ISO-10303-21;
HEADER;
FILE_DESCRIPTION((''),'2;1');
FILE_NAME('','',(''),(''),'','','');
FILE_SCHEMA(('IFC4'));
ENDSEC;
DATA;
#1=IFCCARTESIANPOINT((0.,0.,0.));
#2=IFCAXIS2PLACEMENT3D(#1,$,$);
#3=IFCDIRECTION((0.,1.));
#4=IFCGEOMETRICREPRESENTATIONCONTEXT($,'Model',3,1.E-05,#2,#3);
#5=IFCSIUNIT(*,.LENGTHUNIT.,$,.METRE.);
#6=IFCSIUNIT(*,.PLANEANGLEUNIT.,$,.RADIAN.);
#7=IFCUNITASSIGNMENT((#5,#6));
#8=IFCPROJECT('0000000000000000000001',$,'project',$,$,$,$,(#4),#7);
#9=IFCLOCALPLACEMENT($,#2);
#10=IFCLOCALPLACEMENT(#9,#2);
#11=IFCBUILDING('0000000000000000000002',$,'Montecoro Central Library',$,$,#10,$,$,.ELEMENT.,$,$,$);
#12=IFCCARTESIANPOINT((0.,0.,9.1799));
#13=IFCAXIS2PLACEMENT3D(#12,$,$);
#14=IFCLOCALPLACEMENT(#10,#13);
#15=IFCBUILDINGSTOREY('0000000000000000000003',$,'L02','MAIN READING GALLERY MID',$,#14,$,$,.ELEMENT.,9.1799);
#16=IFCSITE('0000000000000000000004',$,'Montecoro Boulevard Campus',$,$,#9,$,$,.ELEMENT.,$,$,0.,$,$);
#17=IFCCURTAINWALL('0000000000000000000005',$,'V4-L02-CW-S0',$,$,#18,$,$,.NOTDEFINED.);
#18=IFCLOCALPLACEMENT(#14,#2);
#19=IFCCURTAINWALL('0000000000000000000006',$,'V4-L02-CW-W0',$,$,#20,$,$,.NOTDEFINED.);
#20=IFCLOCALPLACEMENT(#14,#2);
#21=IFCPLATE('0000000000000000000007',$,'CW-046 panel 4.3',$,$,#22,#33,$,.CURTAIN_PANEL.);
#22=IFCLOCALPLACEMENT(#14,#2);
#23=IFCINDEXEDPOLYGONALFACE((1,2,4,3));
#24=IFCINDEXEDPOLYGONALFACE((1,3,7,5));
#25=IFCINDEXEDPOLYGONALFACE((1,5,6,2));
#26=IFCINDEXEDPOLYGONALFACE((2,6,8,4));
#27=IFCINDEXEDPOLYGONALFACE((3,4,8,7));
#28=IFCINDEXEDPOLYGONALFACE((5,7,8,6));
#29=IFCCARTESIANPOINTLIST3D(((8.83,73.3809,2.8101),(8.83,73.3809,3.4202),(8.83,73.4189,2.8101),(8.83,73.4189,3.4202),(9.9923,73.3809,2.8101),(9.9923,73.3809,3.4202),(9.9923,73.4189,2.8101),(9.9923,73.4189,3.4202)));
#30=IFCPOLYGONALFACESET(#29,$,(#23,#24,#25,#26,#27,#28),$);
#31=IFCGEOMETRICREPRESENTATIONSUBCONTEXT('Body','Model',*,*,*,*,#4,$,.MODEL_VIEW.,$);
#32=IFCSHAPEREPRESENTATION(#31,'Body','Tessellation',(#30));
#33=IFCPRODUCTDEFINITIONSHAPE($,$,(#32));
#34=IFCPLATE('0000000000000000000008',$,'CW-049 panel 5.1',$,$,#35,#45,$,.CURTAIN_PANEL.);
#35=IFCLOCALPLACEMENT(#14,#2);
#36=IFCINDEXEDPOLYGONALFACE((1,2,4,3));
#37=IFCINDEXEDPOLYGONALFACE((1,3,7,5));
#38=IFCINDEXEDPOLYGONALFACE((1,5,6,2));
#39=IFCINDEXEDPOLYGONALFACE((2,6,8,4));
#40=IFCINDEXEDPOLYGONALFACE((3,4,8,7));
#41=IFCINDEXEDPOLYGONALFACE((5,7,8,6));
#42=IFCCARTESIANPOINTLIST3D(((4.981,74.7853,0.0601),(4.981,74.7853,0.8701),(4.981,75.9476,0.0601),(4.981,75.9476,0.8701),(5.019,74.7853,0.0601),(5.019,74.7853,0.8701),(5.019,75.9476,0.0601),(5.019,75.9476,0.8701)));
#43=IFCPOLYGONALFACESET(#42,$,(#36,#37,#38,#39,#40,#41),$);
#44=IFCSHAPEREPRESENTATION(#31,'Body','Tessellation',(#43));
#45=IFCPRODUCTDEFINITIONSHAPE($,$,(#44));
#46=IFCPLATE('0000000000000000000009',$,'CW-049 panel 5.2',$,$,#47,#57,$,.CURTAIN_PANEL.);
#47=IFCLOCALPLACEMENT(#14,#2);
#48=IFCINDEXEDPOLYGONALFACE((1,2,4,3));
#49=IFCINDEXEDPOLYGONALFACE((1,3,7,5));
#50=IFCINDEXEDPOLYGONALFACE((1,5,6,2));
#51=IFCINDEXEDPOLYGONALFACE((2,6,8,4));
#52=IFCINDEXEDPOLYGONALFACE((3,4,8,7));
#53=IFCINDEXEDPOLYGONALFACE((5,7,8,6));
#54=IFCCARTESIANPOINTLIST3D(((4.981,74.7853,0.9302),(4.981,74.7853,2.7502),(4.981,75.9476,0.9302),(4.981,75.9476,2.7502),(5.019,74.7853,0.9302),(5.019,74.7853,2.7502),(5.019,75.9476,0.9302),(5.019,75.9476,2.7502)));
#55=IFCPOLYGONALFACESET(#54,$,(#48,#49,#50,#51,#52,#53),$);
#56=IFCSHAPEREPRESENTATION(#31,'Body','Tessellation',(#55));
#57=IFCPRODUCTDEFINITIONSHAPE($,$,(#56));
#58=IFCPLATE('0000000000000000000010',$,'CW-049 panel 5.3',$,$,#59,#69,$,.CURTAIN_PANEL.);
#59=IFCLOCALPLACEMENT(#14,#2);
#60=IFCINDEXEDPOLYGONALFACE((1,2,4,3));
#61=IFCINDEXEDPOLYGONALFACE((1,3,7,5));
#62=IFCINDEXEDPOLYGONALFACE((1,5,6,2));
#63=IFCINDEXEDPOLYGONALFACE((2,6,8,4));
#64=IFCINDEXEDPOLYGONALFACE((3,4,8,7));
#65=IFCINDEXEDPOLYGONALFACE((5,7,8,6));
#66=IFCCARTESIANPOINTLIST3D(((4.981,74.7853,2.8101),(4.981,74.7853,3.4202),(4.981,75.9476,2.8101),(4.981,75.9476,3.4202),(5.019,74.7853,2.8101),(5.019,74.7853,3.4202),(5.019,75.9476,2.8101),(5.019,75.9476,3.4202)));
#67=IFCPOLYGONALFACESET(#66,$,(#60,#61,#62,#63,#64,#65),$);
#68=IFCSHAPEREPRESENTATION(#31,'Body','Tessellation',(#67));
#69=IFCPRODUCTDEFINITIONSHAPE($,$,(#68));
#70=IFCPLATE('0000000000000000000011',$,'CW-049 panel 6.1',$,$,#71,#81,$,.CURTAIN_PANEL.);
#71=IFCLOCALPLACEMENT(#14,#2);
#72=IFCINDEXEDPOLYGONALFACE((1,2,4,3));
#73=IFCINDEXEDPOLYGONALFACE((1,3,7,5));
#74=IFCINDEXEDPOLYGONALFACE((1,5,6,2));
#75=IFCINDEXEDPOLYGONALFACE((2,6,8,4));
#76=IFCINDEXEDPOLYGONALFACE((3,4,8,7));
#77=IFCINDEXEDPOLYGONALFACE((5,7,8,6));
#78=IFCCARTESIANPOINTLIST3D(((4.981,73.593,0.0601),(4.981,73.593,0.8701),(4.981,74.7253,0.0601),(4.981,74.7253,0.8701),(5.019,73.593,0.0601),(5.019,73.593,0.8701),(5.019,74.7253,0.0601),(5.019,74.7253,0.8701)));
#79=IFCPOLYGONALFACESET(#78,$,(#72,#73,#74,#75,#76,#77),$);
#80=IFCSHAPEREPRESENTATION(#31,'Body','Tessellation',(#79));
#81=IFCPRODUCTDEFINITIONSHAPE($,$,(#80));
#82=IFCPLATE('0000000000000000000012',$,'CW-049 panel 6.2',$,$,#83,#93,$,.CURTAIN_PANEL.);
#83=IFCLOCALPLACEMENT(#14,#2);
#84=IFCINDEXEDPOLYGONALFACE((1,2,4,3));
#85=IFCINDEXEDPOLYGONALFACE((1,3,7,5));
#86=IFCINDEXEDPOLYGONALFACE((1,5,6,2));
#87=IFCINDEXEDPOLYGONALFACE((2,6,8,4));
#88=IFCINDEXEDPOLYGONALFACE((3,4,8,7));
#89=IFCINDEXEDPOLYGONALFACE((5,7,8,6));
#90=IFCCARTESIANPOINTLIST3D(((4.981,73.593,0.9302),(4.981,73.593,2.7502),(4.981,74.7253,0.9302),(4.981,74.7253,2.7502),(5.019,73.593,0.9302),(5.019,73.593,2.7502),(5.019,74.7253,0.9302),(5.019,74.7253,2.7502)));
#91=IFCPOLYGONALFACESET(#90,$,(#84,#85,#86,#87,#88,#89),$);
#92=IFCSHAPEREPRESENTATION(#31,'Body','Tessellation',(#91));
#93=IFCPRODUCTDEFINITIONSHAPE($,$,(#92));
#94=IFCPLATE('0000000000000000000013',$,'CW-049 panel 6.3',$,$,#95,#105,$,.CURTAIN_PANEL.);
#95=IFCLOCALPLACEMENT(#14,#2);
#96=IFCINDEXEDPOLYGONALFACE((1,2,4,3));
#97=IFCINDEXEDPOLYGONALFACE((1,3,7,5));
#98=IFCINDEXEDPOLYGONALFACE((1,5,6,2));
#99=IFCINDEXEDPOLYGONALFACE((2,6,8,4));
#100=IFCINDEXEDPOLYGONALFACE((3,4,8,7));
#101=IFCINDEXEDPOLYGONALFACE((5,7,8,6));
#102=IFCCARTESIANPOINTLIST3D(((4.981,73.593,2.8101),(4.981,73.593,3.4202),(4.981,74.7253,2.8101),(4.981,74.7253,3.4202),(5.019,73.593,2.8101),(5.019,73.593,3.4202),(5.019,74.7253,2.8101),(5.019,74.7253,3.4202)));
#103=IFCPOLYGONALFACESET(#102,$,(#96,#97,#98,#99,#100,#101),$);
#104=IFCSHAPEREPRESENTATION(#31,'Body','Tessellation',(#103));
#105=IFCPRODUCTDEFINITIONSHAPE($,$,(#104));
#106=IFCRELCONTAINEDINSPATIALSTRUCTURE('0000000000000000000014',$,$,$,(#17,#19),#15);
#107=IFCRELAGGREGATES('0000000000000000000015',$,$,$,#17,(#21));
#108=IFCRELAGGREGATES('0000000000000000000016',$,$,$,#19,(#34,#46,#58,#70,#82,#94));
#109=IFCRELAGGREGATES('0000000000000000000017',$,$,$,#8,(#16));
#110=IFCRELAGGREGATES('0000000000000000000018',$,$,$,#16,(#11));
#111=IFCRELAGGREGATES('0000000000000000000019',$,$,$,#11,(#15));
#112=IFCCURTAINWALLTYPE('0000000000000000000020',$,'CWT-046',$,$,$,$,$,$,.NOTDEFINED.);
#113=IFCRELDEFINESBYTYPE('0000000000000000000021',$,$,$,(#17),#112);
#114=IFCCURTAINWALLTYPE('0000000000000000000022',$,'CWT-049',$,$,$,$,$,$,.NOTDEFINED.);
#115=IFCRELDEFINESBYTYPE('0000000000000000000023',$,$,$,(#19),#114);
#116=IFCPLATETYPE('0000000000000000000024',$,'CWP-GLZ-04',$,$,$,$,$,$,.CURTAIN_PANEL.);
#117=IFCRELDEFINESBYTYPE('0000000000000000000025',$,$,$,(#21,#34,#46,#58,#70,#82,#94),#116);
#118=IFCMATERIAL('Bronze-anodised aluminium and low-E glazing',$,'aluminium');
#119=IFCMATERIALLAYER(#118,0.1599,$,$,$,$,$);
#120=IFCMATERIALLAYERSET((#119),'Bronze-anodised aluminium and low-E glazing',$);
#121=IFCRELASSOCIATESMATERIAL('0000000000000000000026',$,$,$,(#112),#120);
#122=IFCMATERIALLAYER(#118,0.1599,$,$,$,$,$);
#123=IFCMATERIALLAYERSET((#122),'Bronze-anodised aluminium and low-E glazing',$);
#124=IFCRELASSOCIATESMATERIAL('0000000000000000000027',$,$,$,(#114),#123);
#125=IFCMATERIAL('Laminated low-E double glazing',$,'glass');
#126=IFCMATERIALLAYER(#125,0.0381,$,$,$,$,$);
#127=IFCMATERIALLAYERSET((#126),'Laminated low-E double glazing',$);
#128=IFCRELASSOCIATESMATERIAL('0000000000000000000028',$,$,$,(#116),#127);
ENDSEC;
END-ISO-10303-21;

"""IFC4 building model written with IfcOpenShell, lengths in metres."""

from ifc_helpers import new_model, si_unit, direction, frame, origin, origin_2d, place, context, subcontext, project, spatial, rectangle, extrude, material, layer, layer_set, type_object, element, aggregate, save


model = new_model("IFC4")

# Units and contexts
model_context = context("Model", 3, precision=1e-05, world=origin(), true_north=direction((0.0, 1.0)))
body_context = subcontext(model_context, "Body", "Model", "MODEL_VIEW")
ifc_project = project(units=[si_unit("LENGTHUNIT", "METRE"), si_unit("PLANEANGLEUNIT", "RADIAN")], contexts=[model_context])

# Site, building, storey
site_placement = place(None, origin())
site = spatial("IfcSite", under=ifc_project, at=site_placement, Name="Montecoro Boulevard Campus", CompositionType="ELEMENT", RefElevation=0.0)
building_placement = place(site_placement, origin())
building = spatial("IfcBuilding", under=site, at=building_placement, Name="Montecoro Central Library", CompositionType="ELEMENT")
storey_placement = place(building_placement, frame((0.0, 0.0, 9.1799)))
storey = spatial("IfcBuildingStorey", under=building, at=storey_placement, Name="L02", Description="MAIN READING GALLERY MID", CompositionType="ELEMENT", Elevation=9.1799)

# Curtain wall
ifc_material_1 = material(Name="Bronze-anodised aluminium and low-E glazing", Category="aluminium")
ifc_layer_1 = layer(ifc_material_1, 0.1599)
ifc_layer_set_1 = layer_set([ifc_layer_1], Name="Bronze-anodised aluminium and low-E glazing")
curtain_wall_type_1 = type_object("IfcCurtainWallType", Name="CWT-046", PredefinedType="NOTDEFINED", material=ifc_layer_set_1)
curtain_wall_1_placement = place(storey_placement, origin())
curtain_wall_1 = element("IfcCurtainWall", 1, at=curtain_wall_1_placement, inside=storey, type_object=curtain_wall_type_1, Name="V4-L02-CW-S0", PredefinedType="NOTDEFINED")

# Curtain wall
ifc_layer_2 = layer(ifc_material_1, 0.1599)
ifc_layer_set_2 = layer_set([ifc_layer_2], Name="Bronze-anodised aluminium and low-E glazing")
curtain_wall_type_2 = type_object("IfcCurtainWallType", Name="CWT-049", PredefinedType="NOTDEFINED", material=ifc_layer_set_2)
curtain_wall_2_placement = place(storey_placement, origin())
curtain_wall_2 = element("IfcCurtainWall", 2, at=curtain_wall_2_placement, inside=storey, type_object=curtain_wall_type_2, Name="V4-L02-CW-W0", PredefinedType="NOTDEFINED")

# Plates
ifc_material_2 = material(Name="Laminated low-E double glazing", Category="glass")
ifc_layer_3 = layer(ifc_material_2, 0.0381)
ifc_layer_set_3 = layer_set([ifc_layer_3], Name="Laminated low-E double glazing")
plate_type = type_object("IfcPlateType", Name="CWP-GLZ-04", PredefinedType="CURTAIN_PANEL", material=ifc_layer_set_3)
plate_1_placement = place(storey_placement, frame((9.4111, 73.3999, 2.8101), z_axis=(0.0, 0.0, 1.0), x_axis=(1.0, 0.0, 0.0)))
plate_1 = element("IfcPlate", 3, at=plate_1_placement, type_object=plate_type, Name="CW-046 panel 4.3", PredefinedType="CURTAIN_PANEL", context=body_context, shape_type="SweptSolid", body=[
    extrude(rectangle(XDim=1.1624, YDim=0.0381, at=origin_2d()), origin(), (0.0, 0.0, 1.0), 0.6101),
])
aggregate(curtain_wall_1, [plate_1])
plate_2_placement = place(storey_placement, frame((5.0, 75.3665, 0.0601), z_axis=(0.0, 0.0, 1.0), x_axis=(0.0, -1.0, 0.0)))
plate_2 = element("IfcPlate", 4, at=plate_2_placement, type_object=plate_type, Name="CW-049 panel 5.1", PredefinedType="CURTAIN_PANEL", context=body_context, shape_type="SweptSolid", body=[
    extrude(rectangle(XDim=1.1624, YDim=0.0381, at=origin_2d()), origin(), (0.0, 0.0, 1.0), 0.8101),
])
plate_3_placement = place(storey_placement, frame((5.0, 75.3665, 0.9302), z_axis=(0.0, 0.0, 1.0), x_axis=(0.0, -1.0, 0.0)))
plate_3 = element("IfcPlate", 5, at=plate_3_placement, type_object=plate_type, Name="CW-049 panel 5.2", PredefinedType="CURTAIN_PANEL", context=body_context, shape_type="SweptSolid", body=[
    extrude(rectangle(XDim=1.1624, YDim=0.0381, at=origin_2d()), origin(), (0.0, 0.0, 1.0), 1.8201),
])
plate_4_placement = place(storey_placement, frame((5.0, 75.3665, 2.8101), z_axis=(0.0, 0.0, 1.0), x_axis=(0.0, -1.0, 0.0)))
plate_4 = element("IfcPlate", 6, at=plate_4_placement, type_object=plate_type, Name="CW-049 panel 5.3", PredefinedType="CURTAIN_PANEL", context=body_context, shape_type="SweptSolid", body=[
    extrude(rectangle(XDim=1.1624, YDim=0.0381, at=origin_2d()), origin(), (0.0, 0.0, 1.0), 0.6101),
])
plate_5_placement = place(storey_placement, frame((5.0, 74.1592, 0.0601), z_axis=(0.0, 0.0, 1.0), x_axis=(0.0, -1.0, 0.0)))
plate_5 = element("IfcPlate", 7, at=plate_5_placement, type_object=plate_type, Name="CW-049 panel 6.1", PredefinedType="CURTAIN_PANEL", context=body_context, shape_type="SweptSolid", body=[
    extrude(rectangle(XDim=1.1323, YDim=0.0381, at=origin_2d()), origin(), (0.0, 0.0, 1.0), 0.8101),
])
plate_6_placement = place(storey_placement, frame((5.0, 74.1592, 0.9302), z_axis=(0.0, 0.0, 1.0), x_axis=(0.0, -1.0, 0.0)))
plate_6 = element("IfcPlate", 8, at=plate_6_placement, type_object=plate_type, Name="CW-049 panel 6.2", PredefinedType="CURTAIN_PANEL", context=body_context, shape_type="SweptSolid", body=[
    extrude(rectangle(XDim=1.1323, YDim=0.0381, at=origin_2d()), origin(), (0.0, 0.0, 1.0), 1.8201),
])
plate_7_placement = place(storey_placement, frame((5.0, 74.1592, 2.8101), z_axis=(0.0, 0.0, 1.0), x_axis=(0.0, -1.0, 0.0)))
plate_7 = element("IfcPlate", 9, at=plate_7_placement, type_object=plate_type, Name="CW-049 panel 6.3", PredefinedType="CURTAIN_PANEL", context=body_context, shape_type="SweptSolid", body=[
    extrude(rectangle(XDim=1.1323, YDim=0.0381, at=origin_2d()), origin(), (0.0, 0.0, 1.0), 0.6101),
])
aggregate(curtain_wall_2, [plate_2, plate_3, plate_4, plate_5, plate_6, plate_7])

save(model, "model.ifc")
